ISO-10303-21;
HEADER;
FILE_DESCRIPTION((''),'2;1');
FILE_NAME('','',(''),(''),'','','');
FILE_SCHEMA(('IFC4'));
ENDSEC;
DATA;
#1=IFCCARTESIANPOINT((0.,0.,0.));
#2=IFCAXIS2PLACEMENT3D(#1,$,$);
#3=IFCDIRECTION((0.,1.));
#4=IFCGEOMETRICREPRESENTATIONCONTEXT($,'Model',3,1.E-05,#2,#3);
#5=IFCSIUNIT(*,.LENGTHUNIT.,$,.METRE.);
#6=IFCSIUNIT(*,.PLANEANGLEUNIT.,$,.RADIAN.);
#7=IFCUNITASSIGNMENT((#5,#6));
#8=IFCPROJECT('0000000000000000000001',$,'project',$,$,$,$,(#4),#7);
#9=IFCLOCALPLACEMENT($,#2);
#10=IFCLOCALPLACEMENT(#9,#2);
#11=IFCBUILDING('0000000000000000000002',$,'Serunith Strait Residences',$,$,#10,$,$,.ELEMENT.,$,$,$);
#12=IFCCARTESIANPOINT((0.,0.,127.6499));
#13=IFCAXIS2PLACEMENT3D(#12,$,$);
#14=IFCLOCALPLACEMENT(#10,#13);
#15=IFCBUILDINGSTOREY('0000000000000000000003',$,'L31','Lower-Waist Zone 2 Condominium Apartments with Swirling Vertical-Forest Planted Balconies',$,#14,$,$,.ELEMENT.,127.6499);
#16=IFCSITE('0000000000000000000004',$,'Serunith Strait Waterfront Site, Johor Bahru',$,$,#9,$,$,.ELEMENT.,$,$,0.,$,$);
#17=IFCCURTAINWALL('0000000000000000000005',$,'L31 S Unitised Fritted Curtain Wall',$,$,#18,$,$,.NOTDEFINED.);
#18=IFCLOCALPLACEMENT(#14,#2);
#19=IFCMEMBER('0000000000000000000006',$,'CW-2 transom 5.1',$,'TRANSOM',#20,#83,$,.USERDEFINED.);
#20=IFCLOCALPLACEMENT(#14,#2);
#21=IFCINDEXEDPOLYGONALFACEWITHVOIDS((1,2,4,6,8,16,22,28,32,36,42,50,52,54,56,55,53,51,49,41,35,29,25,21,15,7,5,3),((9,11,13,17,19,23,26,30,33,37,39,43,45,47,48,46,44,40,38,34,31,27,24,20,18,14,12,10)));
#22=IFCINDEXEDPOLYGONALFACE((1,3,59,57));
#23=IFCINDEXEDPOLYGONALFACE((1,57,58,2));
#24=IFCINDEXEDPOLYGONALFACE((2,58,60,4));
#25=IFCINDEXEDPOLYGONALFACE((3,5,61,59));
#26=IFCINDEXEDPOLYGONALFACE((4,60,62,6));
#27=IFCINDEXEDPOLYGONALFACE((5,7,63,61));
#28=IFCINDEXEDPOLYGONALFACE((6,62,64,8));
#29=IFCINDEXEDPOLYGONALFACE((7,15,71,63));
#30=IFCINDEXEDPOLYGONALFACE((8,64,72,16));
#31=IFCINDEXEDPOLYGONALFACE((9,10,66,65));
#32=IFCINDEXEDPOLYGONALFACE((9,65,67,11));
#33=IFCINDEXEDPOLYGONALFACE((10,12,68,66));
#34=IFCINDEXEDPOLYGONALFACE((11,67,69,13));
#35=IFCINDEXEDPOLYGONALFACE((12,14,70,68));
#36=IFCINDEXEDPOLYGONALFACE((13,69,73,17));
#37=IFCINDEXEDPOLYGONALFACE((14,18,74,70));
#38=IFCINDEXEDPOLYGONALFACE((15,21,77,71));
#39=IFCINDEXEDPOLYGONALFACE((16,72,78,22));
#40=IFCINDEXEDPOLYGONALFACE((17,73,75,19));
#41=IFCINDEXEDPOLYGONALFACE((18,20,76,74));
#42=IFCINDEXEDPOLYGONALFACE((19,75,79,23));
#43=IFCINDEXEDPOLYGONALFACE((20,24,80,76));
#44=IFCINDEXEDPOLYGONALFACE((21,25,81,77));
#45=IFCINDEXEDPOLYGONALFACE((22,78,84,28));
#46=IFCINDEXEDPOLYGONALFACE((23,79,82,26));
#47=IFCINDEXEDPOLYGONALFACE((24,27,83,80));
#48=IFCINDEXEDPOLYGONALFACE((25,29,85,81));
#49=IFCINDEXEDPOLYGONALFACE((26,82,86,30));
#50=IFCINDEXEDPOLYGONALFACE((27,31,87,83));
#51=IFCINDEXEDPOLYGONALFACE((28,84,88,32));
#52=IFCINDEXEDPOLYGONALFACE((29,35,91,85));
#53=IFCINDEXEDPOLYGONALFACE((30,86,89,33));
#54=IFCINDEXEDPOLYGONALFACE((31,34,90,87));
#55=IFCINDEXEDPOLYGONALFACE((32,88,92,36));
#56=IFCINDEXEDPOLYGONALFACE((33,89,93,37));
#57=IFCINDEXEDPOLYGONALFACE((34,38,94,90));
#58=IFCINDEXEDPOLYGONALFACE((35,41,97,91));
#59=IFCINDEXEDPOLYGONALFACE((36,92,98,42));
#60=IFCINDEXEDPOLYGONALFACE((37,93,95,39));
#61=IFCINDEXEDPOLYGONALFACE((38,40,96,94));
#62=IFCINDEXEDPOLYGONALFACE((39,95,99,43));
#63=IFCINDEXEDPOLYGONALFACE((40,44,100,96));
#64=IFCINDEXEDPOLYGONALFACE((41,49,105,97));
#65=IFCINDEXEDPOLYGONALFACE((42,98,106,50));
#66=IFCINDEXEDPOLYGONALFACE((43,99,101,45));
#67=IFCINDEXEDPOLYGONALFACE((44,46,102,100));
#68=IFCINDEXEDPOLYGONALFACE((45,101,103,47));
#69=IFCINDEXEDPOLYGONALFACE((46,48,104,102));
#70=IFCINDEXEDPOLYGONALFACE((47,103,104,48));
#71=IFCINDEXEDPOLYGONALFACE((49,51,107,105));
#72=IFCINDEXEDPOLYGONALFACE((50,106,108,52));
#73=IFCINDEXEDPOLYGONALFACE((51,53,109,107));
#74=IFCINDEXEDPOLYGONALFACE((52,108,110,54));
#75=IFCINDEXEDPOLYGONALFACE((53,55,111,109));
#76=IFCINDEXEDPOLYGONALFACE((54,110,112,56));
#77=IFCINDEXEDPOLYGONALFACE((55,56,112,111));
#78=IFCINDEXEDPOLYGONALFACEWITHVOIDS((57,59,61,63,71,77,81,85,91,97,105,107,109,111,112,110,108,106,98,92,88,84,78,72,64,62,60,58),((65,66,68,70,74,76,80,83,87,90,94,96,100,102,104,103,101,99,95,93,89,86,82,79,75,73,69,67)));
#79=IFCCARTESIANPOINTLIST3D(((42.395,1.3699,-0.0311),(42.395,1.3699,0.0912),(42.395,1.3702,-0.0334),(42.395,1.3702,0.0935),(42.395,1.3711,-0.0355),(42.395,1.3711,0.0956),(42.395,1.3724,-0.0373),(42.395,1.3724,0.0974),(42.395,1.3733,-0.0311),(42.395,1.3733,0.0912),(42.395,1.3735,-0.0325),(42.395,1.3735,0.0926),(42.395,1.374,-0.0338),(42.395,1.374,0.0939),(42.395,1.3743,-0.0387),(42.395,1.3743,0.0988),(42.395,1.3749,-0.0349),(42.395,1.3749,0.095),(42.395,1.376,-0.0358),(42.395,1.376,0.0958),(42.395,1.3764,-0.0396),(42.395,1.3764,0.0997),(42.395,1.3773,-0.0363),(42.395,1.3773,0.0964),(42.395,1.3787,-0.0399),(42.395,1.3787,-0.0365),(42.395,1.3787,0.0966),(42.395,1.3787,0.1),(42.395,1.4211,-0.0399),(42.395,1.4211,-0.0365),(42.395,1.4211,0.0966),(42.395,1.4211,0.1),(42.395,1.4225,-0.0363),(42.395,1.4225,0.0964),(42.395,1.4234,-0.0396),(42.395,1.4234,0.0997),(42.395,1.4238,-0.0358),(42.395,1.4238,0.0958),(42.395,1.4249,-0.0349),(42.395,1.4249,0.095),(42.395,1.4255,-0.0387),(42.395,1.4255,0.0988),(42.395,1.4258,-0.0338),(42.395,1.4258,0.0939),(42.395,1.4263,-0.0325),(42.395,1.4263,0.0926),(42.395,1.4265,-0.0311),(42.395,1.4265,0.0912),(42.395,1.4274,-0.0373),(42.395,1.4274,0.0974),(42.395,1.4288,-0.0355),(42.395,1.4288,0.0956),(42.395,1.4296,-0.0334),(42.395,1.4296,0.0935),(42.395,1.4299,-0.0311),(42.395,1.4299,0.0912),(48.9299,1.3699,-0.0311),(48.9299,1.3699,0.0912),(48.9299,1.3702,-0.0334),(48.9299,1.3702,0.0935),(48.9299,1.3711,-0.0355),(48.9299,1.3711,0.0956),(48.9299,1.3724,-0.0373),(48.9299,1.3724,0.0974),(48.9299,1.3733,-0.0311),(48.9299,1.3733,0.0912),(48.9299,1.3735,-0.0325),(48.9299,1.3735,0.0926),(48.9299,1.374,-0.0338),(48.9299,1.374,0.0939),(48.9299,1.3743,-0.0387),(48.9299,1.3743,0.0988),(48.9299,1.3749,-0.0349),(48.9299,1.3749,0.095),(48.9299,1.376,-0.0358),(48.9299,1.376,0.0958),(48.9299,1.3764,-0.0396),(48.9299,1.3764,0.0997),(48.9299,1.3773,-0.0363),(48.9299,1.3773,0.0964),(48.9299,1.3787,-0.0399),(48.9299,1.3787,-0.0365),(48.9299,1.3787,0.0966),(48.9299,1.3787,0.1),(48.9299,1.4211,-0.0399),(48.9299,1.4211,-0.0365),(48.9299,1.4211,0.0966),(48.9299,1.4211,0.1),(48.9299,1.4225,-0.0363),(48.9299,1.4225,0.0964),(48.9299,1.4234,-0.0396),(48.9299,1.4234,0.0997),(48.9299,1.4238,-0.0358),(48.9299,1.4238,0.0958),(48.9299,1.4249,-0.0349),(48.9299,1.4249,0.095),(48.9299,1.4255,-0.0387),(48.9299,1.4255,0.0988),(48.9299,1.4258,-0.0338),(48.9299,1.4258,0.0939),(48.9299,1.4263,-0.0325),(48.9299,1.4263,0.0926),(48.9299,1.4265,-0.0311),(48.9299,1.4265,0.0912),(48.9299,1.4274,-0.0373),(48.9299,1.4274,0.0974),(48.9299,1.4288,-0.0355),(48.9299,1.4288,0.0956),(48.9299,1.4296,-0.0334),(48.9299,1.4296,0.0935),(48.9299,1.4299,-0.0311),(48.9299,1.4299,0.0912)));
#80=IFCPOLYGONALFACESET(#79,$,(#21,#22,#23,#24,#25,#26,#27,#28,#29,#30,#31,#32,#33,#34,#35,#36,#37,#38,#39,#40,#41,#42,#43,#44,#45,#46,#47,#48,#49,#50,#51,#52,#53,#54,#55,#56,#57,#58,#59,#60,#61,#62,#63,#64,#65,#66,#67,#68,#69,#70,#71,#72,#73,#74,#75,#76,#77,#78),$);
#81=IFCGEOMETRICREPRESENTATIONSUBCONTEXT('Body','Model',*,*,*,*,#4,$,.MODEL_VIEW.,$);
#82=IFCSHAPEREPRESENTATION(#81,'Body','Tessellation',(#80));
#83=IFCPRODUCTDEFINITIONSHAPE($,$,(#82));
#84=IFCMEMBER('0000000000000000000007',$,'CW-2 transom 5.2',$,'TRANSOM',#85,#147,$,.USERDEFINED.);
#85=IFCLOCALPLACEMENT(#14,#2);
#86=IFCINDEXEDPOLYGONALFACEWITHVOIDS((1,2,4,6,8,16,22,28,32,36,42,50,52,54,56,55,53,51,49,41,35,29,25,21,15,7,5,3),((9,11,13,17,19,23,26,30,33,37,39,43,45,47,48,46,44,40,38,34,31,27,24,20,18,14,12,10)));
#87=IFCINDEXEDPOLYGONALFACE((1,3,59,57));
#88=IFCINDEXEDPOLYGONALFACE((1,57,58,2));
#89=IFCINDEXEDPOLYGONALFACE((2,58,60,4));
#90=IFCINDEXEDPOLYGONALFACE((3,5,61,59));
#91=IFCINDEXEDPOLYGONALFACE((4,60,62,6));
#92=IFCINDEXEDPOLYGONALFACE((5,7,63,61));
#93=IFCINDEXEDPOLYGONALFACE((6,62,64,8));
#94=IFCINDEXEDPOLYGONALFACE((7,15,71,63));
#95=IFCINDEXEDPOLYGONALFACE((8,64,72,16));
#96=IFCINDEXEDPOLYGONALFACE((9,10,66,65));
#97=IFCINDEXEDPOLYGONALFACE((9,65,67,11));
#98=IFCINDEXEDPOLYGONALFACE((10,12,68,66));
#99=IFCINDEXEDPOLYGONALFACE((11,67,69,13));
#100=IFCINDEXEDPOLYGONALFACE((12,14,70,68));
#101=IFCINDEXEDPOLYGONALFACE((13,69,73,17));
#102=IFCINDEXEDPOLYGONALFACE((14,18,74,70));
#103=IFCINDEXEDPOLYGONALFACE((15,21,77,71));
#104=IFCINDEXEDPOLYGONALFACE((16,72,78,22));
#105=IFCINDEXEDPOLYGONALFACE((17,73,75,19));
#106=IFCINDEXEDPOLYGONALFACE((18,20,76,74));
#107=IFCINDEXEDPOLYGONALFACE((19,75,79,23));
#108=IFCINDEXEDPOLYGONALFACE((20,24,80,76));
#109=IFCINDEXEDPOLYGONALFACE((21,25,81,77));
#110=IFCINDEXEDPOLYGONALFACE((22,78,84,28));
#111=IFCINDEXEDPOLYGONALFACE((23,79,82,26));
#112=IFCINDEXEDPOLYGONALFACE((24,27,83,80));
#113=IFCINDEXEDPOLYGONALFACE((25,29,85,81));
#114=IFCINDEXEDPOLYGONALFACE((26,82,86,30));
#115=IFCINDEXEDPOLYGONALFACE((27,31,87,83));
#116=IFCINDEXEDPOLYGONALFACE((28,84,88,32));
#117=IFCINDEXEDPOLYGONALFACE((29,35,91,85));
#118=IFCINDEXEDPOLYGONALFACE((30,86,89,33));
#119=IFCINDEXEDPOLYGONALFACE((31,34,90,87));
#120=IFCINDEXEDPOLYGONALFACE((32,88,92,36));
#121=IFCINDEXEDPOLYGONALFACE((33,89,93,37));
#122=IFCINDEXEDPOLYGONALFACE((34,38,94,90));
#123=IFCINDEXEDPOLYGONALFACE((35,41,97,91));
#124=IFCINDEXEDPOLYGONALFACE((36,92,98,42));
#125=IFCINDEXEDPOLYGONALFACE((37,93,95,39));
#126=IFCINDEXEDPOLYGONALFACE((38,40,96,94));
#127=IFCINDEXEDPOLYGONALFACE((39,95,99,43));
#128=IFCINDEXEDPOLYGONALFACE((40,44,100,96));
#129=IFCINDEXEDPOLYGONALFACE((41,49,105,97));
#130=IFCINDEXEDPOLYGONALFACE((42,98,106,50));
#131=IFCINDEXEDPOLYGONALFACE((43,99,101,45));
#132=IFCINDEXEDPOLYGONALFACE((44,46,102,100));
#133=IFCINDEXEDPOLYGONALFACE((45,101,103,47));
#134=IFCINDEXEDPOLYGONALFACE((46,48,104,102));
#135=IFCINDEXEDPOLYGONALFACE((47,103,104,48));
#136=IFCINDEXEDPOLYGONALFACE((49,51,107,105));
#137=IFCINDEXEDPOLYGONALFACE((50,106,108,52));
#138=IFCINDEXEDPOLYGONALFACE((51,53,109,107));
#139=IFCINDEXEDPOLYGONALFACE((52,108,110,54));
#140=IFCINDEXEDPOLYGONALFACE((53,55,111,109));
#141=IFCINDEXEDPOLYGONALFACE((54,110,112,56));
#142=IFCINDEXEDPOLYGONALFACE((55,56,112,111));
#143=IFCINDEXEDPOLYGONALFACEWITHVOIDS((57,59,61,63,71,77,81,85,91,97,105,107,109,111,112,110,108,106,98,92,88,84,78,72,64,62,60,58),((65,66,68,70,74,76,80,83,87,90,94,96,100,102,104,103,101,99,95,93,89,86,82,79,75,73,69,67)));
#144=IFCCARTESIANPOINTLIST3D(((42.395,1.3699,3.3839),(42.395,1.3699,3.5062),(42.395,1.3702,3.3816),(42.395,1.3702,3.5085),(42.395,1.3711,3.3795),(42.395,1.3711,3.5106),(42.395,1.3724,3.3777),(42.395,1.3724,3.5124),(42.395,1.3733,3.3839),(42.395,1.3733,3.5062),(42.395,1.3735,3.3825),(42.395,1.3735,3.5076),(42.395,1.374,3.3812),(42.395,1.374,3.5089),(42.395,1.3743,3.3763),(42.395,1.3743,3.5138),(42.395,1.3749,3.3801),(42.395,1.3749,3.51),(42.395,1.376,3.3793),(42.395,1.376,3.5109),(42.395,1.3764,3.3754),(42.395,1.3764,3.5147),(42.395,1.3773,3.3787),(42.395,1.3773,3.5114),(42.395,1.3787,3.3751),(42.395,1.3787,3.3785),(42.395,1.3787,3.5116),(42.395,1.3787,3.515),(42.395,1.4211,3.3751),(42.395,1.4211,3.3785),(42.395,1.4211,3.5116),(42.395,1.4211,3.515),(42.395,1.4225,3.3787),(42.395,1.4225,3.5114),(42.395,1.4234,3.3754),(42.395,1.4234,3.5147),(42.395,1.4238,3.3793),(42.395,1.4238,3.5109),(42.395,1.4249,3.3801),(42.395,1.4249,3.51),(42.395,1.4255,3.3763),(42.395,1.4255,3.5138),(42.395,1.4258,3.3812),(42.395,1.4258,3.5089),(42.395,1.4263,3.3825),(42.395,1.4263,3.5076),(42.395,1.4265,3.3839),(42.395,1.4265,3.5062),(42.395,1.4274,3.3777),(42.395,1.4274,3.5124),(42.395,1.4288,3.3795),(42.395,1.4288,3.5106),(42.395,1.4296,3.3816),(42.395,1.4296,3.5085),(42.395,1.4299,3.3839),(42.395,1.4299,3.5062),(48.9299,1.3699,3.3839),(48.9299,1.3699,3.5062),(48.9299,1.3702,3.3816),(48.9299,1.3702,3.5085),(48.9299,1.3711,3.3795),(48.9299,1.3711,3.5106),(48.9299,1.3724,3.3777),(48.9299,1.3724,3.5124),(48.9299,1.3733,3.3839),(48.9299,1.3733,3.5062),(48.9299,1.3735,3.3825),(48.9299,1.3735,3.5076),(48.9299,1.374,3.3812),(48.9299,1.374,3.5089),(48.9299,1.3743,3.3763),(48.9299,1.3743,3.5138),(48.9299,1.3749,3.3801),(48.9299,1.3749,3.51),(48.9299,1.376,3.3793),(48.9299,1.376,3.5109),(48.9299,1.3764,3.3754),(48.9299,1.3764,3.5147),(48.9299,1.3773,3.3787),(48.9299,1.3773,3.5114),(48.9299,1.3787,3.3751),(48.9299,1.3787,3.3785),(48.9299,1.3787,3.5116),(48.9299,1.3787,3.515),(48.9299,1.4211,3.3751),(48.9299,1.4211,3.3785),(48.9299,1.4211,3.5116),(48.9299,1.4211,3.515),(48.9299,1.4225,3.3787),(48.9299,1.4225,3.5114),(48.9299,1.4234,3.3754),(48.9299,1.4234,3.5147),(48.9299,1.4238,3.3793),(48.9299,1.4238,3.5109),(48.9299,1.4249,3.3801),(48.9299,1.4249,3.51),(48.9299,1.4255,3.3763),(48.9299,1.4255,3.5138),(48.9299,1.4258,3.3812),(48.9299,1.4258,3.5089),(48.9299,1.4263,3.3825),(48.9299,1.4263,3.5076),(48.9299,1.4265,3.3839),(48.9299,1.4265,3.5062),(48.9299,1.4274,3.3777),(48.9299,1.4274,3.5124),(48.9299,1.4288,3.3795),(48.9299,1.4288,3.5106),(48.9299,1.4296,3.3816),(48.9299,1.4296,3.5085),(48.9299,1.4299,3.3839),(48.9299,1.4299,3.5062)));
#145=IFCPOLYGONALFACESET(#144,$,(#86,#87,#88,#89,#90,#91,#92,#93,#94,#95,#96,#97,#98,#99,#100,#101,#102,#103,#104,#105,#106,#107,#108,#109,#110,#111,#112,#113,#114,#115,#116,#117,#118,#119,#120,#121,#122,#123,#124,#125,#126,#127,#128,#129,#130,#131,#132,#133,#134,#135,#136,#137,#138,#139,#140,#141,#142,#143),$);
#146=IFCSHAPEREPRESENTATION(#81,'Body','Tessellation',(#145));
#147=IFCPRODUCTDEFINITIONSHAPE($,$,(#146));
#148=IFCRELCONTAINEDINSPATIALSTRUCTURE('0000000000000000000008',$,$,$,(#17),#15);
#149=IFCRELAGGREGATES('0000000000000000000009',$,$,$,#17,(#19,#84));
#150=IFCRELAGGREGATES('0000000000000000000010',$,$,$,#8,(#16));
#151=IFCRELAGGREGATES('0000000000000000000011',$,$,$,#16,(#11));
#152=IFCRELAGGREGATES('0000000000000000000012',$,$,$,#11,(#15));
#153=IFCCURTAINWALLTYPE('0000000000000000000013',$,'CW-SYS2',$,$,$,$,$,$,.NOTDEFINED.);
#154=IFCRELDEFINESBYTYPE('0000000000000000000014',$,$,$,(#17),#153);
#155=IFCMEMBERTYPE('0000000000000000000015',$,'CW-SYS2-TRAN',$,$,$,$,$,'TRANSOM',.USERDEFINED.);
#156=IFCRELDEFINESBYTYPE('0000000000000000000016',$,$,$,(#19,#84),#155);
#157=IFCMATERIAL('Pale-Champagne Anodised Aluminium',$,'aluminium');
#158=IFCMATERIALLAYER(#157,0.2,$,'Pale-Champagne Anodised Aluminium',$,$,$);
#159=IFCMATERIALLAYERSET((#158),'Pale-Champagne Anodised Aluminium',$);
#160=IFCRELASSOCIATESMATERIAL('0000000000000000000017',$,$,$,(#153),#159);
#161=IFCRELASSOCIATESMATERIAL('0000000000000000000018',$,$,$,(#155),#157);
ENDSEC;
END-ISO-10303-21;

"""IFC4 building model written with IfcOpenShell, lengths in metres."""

from ifc_helpers import new_model, si_unit, direction, frame, origin, origin_2d, place, context, subcontext, project, spatial, hollow_rectangle, extrude, source, transform, mapped, material, layer, layer_set, material_profile, profile_set, type_object, element, aggregate, save


model = new_model("IFC4")

# Units and contexts
model_context = context("Model", 3, precision=1e-05, world=origin(), true_north=direction((0.0, 1.0)))
body_context = subcontext(model_context, "Body", "Model", "MODEL_VIEW")
ifc_project = project(units=[si_unit("LENGTHUNIT", "METRE"), si_unit("PLANEANGLEUNIT", "RADIAN")], contexts=[model_context])

# Site, building, storey
site_placement = place(None, origin())
site = spatial("IfcSite", under=ifc_project, at=site_placement, Name="Serunith Strait Waterfront Site, Johor Bahru", CompositionType="ELEMENT", RefElevation=0.0)
building_placement = place(site_placement, origin())
building = spatial("IfcBuilding", under=site, at=building_placement, Name="Serunith Strait Residences", CompositionType="ELEMENT")
storey_placement = place(building_placement, frame((0.0, 0.0, 127.6499)))
storey = spatial("IfcBuildingStorey", under=building, at=storey_placement, Name="L31", Description="Lower-Waist Zone 2 Condominium Apartments with Swirling Vertical-Forest Planted Balconies", CompositionType="ELEMENT", Elevation=127.6499)

# Curtain wall, members
ifc_material_1 = material(Name="Pale-Champagne Anodised Aluminium", Category="aluminium")
ifc_layer_1 = layer(ifc_material_1, 0.2, Name="Pale-Champagne Anodised Aluminium")
ifc_layer_set_1 = layer_set([ifc_layer_1], Name="Pale-Champagne Anodised Aluminium")
curtain_wall_type = type_object("IfcCurtainWallType", Name="CW-SYS2", PredefinedType="NOTDEFINED", material=ifc_layer_set_1)
curtain_wall_placement = place(storey_placement, origin())
curtain_wall = element("IfcCurtainWall", 1, at=curtain_wall_placement, inside=storey, type_object=curtain_wall_type, Name="L31 S Unitised Fritted Curtain Wall", PredefinedType="NOTDEFINED")
ifc_material_profile_1 = material_profile(ifc_material_1, hollow_rectangle(XDim=0.0601, YDim=0.1399, WallThickness=0.0034, InnerFilletRadius=0.0054, OuterFilletRadius=0.0088, at=origin_2d()), Name="ALU 140x60x3.5")
ifc_profile_set_1 = profile_set([ifc_material_profile_1], Name="Pale-Champagne Anodised Aluminium")
member_type_1 = type_object("IfcMemberType", Name="CW-SYS2-TRAN", ElementType="TRANSOM", PredefinedType="USERDEFINED", material=ifc_profile_set_1)
shared_shape_1 = source(origin(), body_context, "Body", "SweptSolid", [
    extrude(hollow_rectangle(XDim=0.0601, YDim=0.1399, WallThickness=0.0034, InnerFilletRadius=0.0054, OuterFilletRadius=0.0088, at=origin_2d()), origin(), (0.0, 0.0, 1.0), 6.5349),
])
member_1_placement = place(storey_placement, frame((42.395, 1.3999, 0.03), z_axis=(1.0, 0.0, 0.0), x_axis=(0.0, 1.0, 0.0)))
member_1 = element("IfcMember", 2, at=member_1_placement, type_object=member_type_1, Name="CW-2 transom 5.1", ObjectType="TRANSOM", PredefinedType="USERDEFINED", context=body_context, shape_type="MappedRepresentation", body=[
    mapped(shared_shape_1, transform((0.0, 0.0, 0.0), scale=1.0)),
])
member_2_placement = place(storey_placement, frame((42.395, 1.3999, 3.4451), z_axis=(1.0, 0.0, 0.0), x_axis=(0.0, 1.0, 0.0)))
member_2 = element("IfcMember", 3, at=member_2_placement, type_object=member_type_1, Name="CW-2 transom 5.2", ObjectType="TRANSOM", PredefinedType="USERDEFINED", context=body_context, shape_type="MappedRepresentation", body=[
    mapped(shared_shape_1, transform((0.0, 0.0, 0.0), scale=1.0)),
])
aggregate(curtain_wall, [member_1, member_2])

save(model, "model.ifc")
